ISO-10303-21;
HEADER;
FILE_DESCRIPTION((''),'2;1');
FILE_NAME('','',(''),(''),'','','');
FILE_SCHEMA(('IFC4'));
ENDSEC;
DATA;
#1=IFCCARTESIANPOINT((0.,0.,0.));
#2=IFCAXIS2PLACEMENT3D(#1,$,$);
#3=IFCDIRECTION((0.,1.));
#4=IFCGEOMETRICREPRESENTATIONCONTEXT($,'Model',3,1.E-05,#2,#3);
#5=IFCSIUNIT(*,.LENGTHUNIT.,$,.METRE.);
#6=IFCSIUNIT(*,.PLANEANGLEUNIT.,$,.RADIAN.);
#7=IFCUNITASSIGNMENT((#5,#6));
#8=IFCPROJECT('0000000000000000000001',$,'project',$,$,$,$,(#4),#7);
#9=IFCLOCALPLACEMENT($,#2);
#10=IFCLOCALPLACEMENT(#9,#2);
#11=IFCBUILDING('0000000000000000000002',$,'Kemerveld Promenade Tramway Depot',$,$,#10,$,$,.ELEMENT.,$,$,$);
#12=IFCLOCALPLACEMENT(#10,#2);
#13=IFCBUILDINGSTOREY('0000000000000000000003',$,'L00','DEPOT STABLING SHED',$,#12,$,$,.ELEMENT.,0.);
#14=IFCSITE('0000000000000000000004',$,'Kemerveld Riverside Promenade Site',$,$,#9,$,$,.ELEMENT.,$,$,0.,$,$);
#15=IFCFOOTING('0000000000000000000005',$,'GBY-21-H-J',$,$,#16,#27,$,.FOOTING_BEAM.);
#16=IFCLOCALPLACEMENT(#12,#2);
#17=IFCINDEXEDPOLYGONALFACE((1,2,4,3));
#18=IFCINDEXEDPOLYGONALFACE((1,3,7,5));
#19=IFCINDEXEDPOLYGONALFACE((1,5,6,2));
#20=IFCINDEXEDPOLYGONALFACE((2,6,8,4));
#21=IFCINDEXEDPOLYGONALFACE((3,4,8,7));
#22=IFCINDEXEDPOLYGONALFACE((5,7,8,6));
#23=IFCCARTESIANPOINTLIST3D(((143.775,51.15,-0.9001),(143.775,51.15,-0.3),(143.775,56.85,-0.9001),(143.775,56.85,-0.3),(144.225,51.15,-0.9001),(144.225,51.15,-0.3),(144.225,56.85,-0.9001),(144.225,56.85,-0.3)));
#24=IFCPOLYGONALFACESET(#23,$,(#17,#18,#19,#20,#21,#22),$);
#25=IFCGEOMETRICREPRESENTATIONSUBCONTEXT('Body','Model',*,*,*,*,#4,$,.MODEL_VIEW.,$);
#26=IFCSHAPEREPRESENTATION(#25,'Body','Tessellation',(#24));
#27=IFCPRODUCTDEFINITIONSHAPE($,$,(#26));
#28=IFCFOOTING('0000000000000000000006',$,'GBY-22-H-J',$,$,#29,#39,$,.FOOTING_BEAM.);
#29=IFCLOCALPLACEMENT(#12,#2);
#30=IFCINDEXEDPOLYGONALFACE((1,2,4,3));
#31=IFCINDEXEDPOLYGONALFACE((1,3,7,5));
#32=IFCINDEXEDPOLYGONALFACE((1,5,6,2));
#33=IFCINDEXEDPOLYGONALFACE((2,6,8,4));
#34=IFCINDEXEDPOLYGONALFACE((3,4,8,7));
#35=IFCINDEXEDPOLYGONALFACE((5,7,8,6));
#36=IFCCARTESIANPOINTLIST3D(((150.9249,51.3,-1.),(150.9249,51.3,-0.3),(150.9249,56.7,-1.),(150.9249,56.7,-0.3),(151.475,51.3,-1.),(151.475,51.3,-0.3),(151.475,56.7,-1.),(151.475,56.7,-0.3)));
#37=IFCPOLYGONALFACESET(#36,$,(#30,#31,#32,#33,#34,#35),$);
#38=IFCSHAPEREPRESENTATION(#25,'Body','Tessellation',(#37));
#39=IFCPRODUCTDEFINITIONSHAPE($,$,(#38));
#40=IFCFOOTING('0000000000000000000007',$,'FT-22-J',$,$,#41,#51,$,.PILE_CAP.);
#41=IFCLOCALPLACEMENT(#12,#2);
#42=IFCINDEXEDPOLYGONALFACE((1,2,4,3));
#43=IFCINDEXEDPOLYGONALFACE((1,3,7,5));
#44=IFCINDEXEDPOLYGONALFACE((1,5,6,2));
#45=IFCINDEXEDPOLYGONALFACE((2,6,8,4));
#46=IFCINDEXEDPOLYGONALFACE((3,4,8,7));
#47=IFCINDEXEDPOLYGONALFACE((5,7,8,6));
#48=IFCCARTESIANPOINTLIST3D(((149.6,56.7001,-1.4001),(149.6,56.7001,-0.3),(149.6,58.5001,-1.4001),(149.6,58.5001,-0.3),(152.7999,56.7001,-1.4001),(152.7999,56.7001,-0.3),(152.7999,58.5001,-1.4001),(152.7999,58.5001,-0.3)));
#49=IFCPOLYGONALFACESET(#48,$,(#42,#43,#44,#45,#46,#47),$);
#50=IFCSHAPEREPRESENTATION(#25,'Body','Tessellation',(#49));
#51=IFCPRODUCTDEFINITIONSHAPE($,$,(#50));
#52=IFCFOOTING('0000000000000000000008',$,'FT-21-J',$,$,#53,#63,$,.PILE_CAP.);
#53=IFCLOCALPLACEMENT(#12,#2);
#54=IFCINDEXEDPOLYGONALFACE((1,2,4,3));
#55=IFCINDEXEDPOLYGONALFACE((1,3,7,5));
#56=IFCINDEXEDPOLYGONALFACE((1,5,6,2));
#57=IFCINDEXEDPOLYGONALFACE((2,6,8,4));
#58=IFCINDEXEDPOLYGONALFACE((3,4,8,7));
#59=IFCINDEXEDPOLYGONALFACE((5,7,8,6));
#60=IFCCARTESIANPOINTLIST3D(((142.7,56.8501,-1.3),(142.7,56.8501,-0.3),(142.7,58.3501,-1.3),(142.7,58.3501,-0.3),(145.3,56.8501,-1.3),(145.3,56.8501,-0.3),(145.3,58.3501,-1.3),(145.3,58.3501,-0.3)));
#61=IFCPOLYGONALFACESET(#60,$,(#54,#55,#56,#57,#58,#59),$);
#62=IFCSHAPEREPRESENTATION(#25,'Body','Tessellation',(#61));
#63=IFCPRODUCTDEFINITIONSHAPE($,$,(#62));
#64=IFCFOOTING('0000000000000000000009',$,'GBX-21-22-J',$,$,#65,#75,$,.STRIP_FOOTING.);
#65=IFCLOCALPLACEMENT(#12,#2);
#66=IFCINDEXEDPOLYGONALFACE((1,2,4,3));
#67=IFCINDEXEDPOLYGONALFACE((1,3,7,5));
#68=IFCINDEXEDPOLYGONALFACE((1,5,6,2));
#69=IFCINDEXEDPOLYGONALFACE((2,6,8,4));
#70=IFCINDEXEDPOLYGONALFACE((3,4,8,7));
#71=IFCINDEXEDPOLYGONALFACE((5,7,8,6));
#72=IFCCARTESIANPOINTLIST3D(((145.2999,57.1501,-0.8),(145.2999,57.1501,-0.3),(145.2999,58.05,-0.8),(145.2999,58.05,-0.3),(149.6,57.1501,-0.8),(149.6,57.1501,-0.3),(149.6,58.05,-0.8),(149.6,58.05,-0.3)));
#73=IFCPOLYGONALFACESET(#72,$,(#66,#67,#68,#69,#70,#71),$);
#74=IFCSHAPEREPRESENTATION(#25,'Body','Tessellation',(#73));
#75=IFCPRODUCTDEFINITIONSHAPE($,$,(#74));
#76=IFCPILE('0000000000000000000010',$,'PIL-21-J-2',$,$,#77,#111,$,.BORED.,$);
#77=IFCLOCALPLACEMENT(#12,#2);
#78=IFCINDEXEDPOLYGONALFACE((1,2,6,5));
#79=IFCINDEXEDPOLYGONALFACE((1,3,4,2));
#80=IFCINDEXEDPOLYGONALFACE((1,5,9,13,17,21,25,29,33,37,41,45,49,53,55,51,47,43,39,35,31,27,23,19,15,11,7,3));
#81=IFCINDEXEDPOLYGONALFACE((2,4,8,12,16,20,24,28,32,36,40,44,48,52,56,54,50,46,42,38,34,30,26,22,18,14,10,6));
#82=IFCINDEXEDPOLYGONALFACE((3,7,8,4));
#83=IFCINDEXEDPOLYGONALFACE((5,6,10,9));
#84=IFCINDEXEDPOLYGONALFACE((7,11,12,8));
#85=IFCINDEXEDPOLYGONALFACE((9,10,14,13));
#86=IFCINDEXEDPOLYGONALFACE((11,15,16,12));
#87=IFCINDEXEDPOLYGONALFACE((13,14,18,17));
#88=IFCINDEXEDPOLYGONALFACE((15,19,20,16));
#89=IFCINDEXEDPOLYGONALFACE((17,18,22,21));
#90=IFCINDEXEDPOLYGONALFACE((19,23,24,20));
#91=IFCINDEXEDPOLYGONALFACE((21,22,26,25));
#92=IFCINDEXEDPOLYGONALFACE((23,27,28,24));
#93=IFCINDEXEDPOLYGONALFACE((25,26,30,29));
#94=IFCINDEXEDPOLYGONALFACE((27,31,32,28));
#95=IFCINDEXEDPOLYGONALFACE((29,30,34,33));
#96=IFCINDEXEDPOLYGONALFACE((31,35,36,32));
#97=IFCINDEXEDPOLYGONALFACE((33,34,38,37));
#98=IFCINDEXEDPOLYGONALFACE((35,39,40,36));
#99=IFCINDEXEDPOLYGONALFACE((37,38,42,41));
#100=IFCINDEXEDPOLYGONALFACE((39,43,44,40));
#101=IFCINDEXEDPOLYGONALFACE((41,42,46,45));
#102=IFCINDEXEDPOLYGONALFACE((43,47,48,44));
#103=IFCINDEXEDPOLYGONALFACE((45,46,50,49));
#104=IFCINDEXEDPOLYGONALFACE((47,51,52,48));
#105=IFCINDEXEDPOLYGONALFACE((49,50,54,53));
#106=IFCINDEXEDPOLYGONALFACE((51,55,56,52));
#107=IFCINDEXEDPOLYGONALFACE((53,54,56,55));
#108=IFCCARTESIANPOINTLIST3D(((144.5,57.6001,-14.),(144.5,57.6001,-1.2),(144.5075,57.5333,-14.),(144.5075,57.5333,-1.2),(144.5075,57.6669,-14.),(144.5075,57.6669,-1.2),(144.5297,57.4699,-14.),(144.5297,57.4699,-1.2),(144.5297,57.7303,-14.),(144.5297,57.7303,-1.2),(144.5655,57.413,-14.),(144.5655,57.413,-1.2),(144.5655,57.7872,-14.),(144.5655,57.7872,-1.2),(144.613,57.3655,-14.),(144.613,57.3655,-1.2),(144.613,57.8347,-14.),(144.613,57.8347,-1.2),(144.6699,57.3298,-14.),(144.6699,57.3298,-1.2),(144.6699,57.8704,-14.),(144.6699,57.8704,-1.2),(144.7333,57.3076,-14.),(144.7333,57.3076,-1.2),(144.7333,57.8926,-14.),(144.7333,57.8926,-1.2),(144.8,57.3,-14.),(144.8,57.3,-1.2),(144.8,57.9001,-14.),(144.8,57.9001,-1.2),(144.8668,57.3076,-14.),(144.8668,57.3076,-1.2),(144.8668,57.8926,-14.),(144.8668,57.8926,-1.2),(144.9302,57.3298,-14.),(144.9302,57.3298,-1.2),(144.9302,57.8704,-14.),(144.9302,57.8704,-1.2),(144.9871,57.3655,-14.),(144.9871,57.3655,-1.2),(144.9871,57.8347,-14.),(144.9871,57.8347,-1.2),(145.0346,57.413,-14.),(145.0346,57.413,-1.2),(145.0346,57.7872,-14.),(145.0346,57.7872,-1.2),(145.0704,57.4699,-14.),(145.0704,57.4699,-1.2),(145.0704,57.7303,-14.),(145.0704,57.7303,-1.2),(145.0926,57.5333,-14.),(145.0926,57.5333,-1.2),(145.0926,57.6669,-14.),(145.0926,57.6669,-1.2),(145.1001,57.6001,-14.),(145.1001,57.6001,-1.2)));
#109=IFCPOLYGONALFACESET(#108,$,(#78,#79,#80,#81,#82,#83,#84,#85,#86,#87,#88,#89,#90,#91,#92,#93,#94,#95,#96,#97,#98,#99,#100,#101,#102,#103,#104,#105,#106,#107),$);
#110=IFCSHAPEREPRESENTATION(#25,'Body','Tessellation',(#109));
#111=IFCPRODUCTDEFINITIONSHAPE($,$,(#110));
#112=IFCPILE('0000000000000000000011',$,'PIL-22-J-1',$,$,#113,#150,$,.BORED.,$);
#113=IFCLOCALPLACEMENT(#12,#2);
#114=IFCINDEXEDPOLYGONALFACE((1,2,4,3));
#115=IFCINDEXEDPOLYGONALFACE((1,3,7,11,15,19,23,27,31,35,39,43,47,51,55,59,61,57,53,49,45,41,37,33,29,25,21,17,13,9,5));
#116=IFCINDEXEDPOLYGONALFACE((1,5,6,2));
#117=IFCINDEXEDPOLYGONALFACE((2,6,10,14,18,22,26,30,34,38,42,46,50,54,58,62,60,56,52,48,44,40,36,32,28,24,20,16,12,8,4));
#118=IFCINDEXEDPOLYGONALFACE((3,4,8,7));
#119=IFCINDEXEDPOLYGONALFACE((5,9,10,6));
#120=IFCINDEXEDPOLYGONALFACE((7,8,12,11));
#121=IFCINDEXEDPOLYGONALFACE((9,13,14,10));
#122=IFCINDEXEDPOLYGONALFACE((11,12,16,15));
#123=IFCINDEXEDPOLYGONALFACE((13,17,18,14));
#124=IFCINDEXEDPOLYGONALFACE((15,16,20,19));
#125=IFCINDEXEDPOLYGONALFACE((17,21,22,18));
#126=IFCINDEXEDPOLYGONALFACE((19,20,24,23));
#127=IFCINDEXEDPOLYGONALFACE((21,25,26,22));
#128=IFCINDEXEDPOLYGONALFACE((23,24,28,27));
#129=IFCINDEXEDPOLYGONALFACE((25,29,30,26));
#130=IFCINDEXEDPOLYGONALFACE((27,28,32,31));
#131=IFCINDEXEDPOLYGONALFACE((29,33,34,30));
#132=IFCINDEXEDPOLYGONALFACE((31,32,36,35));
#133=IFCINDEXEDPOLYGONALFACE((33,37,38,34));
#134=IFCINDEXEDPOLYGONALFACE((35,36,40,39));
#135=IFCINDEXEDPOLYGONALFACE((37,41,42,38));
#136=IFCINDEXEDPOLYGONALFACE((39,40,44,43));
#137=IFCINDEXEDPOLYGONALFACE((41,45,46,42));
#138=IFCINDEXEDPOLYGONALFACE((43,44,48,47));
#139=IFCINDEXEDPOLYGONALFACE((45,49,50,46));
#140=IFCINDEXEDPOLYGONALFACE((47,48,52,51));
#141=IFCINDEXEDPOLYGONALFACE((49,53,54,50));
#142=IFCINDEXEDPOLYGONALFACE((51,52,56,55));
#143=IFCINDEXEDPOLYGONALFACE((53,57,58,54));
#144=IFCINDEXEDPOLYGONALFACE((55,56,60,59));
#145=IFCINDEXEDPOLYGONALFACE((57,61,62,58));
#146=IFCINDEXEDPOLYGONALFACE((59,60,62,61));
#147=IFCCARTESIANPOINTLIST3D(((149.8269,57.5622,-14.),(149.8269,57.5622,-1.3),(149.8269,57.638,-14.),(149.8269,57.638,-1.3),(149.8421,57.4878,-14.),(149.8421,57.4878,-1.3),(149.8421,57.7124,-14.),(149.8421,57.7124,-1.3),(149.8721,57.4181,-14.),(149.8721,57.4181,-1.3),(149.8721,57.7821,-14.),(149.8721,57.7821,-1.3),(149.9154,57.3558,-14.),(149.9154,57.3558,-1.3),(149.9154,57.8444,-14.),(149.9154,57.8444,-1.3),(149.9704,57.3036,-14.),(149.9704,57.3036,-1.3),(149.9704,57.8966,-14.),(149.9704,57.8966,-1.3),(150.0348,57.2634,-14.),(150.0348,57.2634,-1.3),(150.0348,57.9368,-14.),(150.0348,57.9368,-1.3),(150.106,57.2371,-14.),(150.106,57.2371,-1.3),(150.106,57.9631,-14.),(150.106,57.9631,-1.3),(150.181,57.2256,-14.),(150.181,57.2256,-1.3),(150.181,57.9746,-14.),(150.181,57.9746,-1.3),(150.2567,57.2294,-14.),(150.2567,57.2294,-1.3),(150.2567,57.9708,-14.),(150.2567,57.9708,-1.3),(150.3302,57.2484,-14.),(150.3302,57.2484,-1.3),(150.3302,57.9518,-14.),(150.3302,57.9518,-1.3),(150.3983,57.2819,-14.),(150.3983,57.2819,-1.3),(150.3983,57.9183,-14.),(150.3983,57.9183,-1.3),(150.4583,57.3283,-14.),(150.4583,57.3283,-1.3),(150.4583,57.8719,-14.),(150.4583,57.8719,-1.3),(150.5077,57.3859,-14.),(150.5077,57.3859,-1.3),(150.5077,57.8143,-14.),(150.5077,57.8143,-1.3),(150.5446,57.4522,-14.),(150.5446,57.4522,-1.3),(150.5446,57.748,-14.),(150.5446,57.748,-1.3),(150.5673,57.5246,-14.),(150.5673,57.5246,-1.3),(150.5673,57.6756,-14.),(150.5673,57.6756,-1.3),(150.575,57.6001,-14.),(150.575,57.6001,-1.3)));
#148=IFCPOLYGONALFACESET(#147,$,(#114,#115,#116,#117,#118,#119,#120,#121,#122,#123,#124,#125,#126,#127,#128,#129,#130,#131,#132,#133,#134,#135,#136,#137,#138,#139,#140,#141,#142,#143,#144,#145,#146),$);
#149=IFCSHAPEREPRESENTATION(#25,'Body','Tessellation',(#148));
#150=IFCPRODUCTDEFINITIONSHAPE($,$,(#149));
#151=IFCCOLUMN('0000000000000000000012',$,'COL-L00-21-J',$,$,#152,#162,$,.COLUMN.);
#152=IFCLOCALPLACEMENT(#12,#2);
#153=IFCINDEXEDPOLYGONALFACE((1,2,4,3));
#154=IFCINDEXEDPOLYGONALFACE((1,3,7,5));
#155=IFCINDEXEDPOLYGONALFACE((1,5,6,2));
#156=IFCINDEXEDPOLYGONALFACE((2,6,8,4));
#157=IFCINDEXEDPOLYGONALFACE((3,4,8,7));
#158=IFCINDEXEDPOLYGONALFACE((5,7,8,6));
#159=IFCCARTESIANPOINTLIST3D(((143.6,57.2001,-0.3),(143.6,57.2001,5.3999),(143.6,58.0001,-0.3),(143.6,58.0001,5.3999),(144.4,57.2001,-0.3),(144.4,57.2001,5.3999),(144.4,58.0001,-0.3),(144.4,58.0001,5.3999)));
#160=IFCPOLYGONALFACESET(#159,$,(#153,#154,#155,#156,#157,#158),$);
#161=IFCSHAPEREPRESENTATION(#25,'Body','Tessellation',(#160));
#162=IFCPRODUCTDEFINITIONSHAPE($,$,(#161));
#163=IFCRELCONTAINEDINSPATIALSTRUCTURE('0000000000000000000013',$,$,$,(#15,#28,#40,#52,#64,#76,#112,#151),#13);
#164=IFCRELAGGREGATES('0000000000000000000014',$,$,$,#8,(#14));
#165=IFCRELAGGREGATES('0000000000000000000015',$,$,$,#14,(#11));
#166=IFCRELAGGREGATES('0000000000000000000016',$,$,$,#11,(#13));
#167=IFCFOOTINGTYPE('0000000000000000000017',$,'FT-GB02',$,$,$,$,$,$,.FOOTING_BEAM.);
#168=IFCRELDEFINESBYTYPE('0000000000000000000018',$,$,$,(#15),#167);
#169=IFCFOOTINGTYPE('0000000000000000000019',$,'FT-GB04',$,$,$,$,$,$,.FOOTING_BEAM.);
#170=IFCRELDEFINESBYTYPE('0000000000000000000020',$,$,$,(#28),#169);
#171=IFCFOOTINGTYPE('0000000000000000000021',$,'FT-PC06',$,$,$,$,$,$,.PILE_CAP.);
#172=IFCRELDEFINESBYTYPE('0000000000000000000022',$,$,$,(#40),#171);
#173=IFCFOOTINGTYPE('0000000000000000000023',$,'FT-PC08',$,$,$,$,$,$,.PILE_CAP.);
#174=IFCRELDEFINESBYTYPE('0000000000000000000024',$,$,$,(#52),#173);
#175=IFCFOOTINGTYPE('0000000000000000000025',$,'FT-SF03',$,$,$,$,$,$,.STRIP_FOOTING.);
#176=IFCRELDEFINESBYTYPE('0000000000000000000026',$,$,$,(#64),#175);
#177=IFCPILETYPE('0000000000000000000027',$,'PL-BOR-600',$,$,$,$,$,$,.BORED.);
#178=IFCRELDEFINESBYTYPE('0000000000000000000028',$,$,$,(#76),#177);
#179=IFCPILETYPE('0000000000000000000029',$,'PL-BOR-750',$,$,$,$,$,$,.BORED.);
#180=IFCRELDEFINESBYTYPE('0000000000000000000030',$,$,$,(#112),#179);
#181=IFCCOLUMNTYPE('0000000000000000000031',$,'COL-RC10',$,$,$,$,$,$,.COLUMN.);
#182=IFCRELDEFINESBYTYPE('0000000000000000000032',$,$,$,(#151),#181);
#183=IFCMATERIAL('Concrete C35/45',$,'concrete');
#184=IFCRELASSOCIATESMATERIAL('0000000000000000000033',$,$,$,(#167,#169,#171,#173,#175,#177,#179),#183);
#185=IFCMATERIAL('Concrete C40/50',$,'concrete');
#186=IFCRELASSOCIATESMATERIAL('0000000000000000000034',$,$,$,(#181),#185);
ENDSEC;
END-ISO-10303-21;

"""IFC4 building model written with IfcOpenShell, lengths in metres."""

from ifc_helpers import new_model, si_unit, direction, frame, origin, origin_2d, place, context, subcontext, project, spatial, rectangle, circle, extrude, material, material_profile, profile_set, type_object, element, save


model = new_model("IFC4")

# Units and contexts
model_context = context("Model", 3, precision=1e-05, world=origin(), true_north=direction((0.0, 1.0)))
body_context = subcontext(model_context, "Body", "Model", "MODEL_VIEW")
ifc_project = project(units=[si_unit("LENGTHUNIT", "METRE"), si_unit("PLANEANGLEUNIT", "RADIAN")], contexts=[model_context])

# Site, building, storey
site_placement = place(None, origin())
site = spatial("IfcSite", under=ifc_project, at=site_placement, Name="Kemerveld Riverside Promenade Site", CompositionType="ELEMENT", RefElevation=0.0)
building_placement = place(site_placement, origin())
building = spatial("IfcBuilding", under=site, at=building_placement, Name="Kemerveld Promenade Tramway Depot", CompositionType="ELEMENT")
storey_placement = place(building_placement, origin())
storey = spatial("IfcBuildingStorey", under=building, at=storey_placement, Name="L00", Description="DEPOT STABLING SHED", CompositionType="ELEMENT", Elevation=0.0)

# Footings
ifc_material_1 = material(Name="Concrete C35/45", Category="concrete")
footing_type_1 = type_object("IfcFootingType", Name="FT-GB02", PredefinedType="FOOTING_BEAM", material=ifc_material_1)
footing_1_placement = place(storey_placement, frame((144.0, 54.0, -0.9001), z_axis=(0.0, 0.0, 1.0), x_axis=(0.0, 1.0, 0.0)))
element("IfcFooting", 1, at=footing_1_placement, inside=storey, type_object=footing_type_1, Name="GBY-21-H-J", PredefinedType="FOOTING_BEAM", context=body_context, shape_type="SweptSolid", body=[
    extrude(rectangle(XDim=5.7, YDim=0.45, at=origin_2d()), origin(), (0.0, 0.0, 1.0), 0.6001),
])
footing_type_2 = type_object("IfcFootingType", Name="FT-GB04", PredefinedType="FOOTING_BEAM", material=ifc_material_1)
footing_2_placement = place(storey_placement, frame((151.2, 54.0, -1.0), z_axis=(0.0, 0.0, 1.0), x_axis=(0.0, 1.0, 0.0)))
element("IfcFooting", 2, at=footing_2_placement, inside=storey, type_object=footing_type_2, Name="GBY-22-H-J", PredefinedType="FOOTING_BEAM", context=body_context, shape_type="SweptSolid", body=[
    extrude(rectangle(XDim=5.3999, YDim=0.55, at=origin_2d()), origin(), (0.0, 0.0, 1.0), 0.7),
])
footing_type_3 = type_object("IfcFootingType", Name="FT-PC06", PredefinedType="PILE_CAP", material=ifc_material_1)
footing_3_placement = place(storey_placement, frame((151.2, 57.6001, -1.4001), z_axis=(0.0, 0.0, 1.0), x_axis=(1.0, 0.0, 0.0)))
element("IfcFooting", 3, at=footing_3_placement, inside=storey, type_object=footing_type_3, Name="FT-22-J", PredefinedType="PILE_CAP", context=body_context, shape_type="SweptSolid", body=[
    extrude(rectangle(XDim=3.2, YDim=1.8, at=origin_2d()), origin(), (0.0, 0.0, 1.0), 1.1001),
])
footing_type_4 = type_object("IfcFootingType", Name="FT-PC08", PredefinedType="PILE_CAP", material=ifc_material_1)
footing_4_placement = place(storey_placement, frame((144.0, 57.6001, -1.3), z_axis=(0.0, 0.0, 1.0), x_axis=(1.0, 0.0, 0.0)))
element("IfcFooting", 4, at=footing_4_placement, inside=storey, type_object=footing_type_4, Name="FT-21-J", PredefinedType="PILE_CAP", context=body_context, shape_type="SweptSolid", body=[
    extrude(rectangle(XDim=2.6001, YDim=1.5, at=origin_2d()), origin(), (0.0, 0.0, 1.0), 1.0),
])
footing_type_5 = type_object("IfcFootingType", Name="FT-SF03", PredefinedType="STRIP_FOOTING", material=ifc_material_1)
footing_5_placement = place(storey_placement, frame((147.45, 57.6001, -0.8), z_axis=(0.0, 0.0, 1.0), x_axis=(1.0, 0.0, 0.0)))
element("IfcFooting", 5, at=footing_5_placement, inside=storey, type_object=footing_type_5, Name="GBX-21-22-J", PredefinedType="STRIP_FOOTING", context=body_context, shape_type="SweptSolid", body=[
    extrude(rectangle(XDim=4.3, YDim=0.8999, at=origin_2d()), origin(), (0.0, 0.0, 1.0), 0.5),
])

# Piles
ifc_material_profile_1 = material_profile(ifc_material_1, circle(Radius=0.3, at=origin_2d()), Name="PILE-D600")
ifc_profile_set_1 = profile_set([ifc_material_profile_1], Name="Concrete C35/45")
pile_type_1 = type_object("IfcPileType", Name="PL-BOR-600", PredefinedType="BORED", material=ifc_profile_set_1)
pile_1_placement = place(storey_placement, frame((144.8, 57.6001, -1.2), z_axis=(0.0, 0.0, -1.0), x_axis=(1.0, 0.0, 0.0)))
element("IfcPile", 6, at=pile_1_placement, inside=storey, type_object=pile_type_1, Name="PIL-21-J-2", PredefinedType="BORED", context=body_context, shape_type="SweptSolid", body=[
    extrude(circle(Radius=0.3, at=origin_2d()), origin(), (0.0, 0.0, 1.0), 12.8),
])
ifc_material_profile_2 = material_profile(ifc_material_1, circle(Radius=0.375, at=origin_2d()), Name="PILE-D750")
ifc_profile_set_2 = profile_set([ifc_material_profile_2], Name="Concrete C35/45")
pile_type_2 = type_object("IfcPileType", Name="PL-BOR-750", PredefinedType="BORED", material=ifc_profile_set_2)
pile_2_placement = place(storey_placement, frame((150.2, 57.6001, -1.3), z_axis=(0.0, 0.0, -1.0), x_axis=(1.0, 0.0, 0.0)))
element("IfcPile", 7, at=pile_2_placement, inside=storey, type_object=pile_type_2, Name="PIL-22-J-1", PredefinedType="BORED", context=body_context, shape_type="SweptSolid", body=[
    extrude(circle(Radius=0.375, at=origin_2d()), origin(), (0.0, 0.0, 1.0), 12.7),
])

# Column
ifc_material_2 = material(Name="Concrete C40/50", Category="concrete")
ifc_material_profile_3 = material_profile(ifc_material_2, rectangle(XDim=0.8, YDim=0.8, at=origin_2d()), Name="RC-COL-800x800")
ifc_profile_set_3 = profile_set([ifc_material_profile_3], Name="Concrete C40/50")
column_type = type_object("IfcColumnType", Name="COL-RC10", PredefinedType="COLUMN", material=ifc_profile_set_3)
column_placement = place(storey_placement, frame((144.0, 57.6001, -0.3), z_axis=(0.0, 0.0, 1.0), x_axis=(1.0, 0.0, 0.0)))
element("IfcColumn", 8, at=column_placement, inside=storey, type_object=column_type, Name="COL-L00-21-J", PredefinedType="COLUMN", context=body_context, shape_type="SweptSolid", body=[
    extrude(rectangle(XDim=0.8, YDim=0.8, at=origin_2d()), origin(), (0.0, 0.0, 1.0), 5.7),
])

save(model, "model.ifc")
